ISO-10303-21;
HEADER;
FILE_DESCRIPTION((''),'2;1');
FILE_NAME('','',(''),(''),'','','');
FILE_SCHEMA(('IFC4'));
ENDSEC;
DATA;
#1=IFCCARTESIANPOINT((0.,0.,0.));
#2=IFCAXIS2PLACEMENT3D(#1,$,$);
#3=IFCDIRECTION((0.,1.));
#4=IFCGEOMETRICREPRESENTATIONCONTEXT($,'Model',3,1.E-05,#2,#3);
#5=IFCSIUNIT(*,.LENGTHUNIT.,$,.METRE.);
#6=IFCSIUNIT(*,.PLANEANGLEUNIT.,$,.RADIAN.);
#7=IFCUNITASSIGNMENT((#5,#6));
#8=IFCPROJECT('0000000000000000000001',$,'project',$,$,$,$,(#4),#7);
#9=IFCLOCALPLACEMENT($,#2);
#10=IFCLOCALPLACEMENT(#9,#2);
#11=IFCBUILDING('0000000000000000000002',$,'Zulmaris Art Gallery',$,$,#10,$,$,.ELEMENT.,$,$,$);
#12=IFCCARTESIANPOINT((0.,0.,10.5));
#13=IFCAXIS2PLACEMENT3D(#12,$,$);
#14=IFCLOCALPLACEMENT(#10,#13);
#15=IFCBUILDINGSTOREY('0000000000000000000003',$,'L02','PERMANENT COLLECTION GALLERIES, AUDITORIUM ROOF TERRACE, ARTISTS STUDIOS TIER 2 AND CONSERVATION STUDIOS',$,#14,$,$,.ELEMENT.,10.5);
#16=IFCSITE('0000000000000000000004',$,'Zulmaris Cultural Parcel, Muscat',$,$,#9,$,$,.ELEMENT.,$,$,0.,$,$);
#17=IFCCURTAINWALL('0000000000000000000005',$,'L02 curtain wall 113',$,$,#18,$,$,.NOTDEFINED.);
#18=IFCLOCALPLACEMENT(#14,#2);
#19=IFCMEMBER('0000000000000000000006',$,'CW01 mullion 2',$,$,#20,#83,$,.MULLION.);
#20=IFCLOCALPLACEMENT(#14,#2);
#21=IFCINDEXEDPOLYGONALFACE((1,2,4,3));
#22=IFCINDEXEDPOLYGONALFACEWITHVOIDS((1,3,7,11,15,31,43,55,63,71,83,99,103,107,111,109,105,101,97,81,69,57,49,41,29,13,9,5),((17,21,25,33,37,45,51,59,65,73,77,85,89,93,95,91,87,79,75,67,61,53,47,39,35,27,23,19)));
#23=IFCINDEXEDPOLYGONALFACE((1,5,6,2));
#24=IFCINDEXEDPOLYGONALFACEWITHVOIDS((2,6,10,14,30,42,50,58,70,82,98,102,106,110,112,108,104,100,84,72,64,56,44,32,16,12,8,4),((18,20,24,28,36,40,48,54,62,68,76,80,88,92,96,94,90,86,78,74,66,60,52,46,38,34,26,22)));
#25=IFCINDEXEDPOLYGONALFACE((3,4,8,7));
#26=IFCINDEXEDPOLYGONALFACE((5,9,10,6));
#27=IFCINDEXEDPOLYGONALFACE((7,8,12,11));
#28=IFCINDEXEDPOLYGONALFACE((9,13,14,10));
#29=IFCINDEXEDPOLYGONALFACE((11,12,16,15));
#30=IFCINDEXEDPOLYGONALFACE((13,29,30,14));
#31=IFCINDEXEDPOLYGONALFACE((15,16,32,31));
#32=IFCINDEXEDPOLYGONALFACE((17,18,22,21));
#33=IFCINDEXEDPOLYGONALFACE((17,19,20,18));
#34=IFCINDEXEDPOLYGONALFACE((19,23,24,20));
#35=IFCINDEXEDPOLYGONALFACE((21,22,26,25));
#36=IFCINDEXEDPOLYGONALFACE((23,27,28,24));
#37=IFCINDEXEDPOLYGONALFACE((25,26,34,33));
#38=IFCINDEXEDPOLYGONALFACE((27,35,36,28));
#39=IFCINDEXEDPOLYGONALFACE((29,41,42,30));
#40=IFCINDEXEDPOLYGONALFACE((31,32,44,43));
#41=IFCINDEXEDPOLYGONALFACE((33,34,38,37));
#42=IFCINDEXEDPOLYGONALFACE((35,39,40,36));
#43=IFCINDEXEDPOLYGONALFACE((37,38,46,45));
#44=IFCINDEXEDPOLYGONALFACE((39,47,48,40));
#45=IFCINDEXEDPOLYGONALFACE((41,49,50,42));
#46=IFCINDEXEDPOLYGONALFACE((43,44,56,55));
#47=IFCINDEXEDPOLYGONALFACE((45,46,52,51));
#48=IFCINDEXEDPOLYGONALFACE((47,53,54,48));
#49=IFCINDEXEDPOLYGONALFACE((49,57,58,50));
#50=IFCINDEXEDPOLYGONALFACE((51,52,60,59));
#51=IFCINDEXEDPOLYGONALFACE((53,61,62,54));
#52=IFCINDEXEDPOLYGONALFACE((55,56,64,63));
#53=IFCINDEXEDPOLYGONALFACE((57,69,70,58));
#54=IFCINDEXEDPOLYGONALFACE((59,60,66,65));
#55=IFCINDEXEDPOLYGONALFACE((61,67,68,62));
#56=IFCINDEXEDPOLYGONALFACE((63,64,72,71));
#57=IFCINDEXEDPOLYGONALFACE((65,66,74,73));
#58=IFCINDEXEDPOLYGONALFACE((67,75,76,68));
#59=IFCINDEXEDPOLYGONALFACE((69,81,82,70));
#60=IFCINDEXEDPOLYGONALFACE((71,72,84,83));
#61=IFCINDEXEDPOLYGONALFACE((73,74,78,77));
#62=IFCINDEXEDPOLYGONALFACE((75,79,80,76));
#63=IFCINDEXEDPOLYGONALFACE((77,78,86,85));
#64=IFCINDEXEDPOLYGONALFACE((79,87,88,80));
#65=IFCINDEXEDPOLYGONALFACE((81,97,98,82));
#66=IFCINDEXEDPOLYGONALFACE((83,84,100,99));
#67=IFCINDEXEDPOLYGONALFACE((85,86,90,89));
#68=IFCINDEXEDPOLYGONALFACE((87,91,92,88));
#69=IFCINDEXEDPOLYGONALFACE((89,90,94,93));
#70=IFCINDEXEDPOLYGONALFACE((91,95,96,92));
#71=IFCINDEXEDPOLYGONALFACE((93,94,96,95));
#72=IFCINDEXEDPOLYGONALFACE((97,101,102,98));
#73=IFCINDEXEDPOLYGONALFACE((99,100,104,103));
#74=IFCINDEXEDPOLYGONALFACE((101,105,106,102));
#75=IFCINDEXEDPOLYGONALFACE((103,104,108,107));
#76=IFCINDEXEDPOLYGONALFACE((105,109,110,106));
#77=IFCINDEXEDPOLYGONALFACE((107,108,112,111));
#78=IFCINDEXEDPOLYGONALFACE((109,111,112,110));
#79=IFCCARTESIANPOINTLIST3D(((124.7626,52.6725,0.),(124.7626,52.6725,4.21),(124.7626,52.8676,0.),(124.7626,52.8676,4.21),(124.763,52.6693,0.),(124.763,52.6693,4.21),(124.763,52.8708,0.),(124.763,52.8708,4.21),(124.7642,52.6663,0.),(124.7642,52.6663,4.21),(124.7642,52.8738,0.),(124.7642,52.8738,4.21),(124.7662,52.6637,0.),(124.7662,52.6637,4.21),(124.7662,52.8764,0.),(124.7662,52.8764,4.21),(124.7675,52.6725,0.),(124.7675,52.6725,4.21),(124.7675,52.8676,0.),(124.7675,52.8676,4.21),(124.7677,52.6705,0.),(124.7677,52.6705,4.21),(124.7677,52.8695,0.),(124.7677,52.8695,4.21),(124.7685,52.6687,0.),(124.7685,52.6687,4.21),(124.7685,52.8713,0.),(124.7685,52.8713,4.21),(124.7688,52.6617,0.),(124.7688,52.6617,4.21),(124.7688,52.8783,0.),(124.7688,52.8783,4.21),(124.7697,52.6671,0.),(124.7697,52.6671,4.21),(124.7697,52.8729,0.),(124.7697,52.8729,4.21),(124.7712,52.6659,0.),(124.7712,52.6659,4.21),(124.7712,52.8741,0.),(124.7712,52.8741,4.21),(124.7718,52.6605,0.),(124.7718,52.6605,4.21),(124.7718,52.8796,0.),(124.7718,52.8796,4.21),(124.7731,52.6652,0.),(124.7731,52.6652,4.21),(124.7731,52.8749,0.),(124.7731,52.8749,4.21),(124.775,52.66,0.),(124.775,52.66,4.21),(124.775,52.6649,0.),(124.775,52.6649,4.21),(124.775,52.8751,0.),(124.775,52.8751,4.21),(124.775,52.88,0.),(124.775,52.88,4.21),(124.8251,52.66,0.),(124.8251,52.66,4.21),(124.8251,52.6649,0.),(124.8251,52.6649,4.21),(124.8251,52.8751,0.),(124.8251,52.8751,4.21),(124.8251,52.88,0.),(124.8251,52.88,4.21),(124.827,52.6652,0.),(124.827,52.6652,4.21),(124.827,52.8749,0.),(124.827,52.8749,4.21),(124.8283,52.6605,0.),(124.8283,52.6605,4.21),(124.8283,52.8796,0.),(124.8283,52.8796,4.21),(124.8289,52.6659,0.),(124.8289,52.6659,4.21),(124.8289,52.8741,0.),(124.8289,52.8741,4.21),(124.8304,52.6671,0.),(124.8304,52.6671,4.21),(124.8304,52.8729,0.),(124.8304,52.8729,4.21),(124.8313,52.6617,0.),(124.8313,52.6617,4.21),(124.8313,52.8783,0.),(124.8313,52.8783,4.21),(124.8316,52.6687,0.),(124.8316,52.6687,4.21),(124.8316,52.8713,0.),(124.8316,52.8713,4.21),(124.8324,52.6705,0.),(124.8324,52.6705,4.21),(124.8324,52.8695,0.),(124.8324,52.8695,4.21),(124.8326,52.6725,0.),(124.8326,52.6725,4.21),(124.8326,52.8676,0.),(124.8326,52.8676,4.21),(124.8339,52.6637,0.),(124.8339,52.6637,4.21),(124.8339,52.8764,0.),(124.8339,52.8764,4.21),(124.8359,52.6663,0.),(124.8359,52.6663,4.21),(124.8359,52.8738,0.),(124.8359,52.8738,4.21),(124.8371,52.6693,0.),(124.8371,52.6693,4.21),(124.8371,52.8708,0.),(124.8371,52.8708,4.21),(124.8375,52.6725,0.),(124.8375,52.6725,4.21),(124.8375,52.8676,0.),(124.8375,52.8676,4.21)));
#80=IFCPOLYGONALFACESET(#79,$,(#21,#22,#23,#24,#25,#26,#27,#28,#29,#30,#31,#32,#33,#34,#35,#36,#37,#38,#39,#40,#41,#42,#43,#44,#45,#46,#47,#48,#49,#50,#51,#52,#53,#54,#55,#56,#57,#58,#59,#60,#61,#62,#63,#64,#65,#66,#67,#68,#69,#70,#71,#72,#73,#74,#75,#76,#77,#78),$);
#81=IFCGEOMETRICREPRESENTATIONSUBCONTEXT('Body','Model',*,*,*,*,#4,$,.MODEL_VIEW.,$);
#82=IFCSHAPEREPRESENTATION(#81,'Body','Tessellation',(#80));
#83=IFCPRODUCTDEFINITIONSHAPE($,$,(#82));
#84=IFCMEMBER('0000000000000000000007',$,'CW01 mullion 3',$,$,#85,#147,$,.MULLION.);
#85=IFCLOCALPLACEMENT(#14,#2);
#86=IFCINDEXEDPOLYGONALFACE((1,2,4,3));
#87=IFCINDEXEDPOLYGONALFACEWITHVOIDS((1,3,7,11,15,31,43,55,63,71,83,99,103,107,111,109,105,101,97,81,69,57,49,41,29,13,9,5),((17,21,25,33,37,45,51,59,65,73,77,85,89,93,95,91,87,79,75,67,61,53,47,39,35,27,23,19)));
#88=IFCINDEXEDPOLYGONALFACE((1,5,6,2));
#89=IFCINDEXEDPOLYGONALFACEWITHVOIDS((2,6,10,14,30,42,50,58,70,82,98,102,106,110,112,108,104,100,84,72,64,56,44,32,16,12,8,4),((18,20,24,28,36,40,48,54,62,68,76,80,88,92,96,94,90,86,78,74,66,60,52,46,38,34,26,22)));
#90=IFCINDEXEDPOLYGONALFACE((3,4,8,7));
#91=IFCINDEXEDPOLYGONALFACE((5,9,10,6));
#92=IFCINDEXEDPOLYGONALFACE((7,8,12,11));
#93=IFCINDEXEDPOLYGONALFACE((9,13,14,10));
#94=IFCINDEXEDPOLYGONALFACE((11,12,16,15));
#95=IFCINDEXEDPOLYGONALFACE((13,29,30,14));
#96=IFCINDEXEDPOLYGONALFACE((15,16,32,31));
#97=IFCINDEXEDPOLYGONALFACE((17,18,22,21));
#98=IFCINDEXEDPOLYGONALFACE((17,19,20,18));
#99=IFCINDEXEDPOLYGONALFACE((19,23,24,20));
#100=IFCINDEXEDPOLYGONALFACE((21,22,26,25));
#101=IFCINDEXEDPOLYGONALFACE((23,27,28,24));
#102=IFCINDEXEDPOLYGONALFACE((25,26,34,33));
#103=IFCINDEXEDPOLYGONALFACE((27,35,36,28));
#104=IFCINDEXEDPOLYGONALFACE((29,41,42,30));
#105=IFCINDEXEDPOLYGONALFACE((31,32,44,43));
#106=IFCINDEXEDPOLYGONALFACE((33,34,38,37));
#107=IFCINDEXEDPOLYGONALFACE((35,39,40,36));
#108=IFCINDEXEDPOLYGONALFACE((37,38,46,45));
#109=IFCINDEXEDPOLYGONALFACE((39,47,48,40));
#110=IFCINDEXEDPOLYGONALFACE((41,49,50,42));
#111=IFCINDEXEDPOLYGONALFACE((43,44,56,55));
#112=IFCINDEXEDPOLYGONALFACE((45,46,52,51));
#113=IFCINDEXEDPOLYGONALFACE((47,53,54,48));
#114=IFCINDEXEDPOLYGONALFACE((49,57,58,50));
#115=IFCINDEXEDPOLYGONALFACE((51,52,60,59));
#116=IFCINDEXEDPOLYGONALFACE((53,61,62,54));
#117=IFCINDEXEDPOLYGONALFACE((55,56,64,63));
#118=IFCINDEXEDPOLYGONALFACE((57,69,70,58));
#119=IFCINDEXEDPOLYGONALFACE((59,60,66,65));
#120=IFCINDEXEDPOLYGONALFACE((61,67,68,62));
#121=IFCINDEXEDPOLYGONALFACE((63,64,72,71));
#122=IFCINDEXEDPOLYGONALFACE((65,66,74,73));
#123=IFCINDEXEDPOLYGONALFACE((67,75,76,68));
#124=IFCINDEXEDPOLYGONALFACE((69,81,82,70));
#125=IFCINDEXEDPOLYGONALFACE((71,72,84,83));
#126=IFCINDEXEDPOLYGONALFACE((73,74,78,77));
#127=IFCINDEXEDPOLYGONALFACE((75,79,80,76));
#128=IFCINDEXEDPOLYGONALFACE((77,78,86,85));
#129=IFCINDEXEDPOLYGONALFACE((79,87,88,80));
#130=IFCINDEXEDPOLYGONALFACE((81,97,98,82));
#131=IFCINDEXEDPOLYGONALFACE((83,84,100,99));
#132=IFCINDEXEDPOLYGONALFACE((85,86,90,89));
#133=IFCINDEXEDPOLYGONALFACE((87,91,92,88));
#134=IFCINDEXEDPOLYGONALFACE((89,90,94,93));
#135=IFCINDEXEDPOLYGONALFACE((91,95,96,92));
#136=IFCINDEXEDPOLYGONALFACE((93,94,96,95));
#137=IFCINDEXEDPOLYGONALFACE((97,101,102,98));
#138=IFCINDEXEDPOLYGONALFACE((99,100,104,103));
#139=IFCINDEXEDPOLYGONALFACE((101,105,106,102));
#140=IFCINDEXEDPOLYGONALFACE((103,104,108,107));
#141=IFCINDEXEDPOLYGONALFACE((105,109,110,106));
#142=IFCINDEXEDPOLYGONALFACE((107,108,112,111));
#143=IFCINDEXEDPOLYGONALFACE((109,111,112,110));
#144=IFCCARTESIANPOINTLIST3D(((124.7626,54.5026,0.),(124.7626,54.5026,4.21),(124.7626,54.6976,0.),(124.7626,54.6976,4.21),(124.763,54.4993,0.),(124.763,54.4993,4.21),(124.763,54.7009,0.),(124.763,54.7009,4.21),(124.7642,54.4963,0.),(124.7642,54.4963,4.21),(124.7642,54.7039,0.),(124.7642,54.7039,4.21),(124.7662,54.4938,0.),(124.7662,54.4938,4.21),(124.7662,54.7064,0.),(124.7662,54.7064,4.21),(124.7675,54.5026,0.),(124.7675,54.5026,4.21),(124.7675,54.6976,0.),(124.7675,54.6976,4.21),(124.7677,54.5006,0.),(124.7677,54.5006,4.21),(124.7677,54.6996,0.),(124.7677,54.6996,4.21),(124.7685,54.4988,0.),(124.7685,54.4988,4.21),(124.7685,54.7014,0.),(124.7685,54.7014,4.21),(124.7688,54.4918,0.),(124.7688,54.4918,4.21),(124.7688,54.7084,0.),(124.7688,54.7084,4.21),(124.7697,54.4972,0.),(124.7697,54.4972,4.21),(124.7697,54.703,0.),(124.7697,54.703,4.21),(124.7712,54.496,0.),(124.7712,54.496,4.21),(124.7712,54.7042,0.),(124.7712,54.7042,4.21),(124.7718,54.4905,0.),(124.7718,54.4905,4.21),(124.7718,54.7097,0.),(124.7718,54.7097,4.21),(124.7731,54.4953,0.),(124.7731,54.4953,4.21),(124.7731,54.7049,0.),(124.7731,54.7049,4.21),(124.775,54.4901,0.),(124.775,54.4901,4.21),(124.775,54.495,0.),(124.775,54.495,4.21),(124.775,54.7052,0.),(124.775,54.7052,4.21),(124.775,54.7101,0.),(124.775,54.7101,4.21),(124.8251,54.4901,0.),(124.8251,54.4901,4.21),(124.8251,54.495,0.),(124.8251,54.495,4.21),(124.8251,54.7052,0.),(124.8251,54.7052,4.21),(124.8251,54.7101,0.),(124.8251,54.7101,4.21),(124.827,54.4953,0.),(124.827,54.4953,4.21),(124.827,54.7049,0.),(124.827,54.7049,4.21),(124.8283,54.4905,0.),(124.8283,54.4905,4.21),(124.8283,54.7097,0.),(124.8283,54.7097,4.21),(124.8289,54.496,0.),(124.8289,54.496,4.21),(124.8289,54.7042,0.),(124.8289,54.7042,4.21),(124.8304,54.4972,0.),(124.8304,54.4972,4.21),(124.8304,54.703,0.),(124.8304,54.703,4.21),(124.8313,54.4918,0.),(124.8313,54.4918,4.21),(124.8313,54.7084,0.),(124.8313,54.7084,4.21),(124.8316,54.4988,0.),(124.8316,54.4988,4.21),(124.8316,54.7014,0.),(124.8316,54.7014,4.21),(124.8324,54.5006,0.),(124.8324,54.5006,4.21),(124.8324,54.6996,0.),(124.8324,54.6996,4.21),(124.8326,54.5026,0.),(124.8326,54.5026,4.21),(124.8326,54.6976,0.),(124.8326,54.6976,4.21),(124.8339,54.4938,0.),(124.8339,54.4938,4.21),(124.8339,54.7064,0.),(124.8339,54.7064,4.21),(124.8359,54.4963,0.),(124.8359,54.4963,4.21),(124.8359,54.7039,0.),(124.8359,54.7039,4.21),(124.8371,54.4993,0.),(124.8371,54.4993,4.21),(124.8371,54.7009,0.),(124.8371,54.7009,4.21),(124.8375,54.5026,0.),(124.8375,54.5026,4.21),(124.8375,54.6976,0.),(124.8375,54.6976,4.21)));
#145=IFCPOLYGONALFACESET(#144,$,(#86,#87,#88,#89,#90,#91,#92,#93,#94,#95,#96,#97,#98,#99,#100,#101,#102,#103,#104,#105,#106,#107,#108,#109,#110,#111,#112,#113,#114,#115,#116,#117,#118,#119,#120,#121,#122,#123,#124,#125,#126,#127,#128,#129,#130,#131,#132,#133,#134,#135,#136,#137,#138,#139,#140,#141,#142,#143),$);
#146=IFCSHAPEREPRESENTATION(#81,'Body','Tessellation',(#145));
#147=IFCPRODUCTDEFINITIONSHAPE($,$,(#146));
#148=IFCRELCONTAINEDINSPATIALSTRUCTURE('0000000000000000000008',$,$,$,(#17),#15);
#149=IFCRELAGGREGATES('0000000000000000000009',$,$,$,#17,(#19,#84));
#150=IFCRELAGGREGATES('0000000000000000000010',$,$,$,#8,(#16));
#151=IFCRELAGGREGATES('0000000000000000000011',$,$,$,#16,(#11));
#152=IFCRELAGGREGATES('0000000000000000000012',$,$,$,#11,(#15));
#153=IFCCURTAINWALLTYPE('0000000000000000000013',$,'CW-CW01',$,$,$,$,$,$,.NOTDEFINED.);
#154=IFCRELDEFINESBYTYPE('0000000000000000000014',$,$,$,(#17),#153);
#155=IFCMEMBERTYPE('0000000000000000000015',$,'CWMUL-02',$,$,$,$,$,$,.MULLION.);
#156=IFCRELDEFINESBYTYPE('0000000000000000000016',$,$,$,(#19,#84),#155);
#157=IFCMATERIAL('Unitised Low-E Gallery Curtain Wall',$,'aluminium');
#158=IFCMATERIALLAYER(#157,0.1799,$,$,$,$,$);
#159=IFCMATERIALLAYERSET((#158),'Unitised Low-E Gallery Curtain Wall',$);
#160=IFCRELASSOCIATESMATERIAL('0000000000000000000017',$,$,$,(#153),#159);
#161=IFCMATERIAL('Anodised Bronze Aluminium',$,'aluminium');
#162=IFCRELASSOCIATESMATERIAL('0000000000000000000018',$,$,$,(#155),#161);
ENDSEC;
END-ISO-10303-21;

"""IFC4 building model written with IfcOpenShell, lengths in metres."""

from ifc_helpers import new_model, si_unit, direction, frame, origin, origin_2d, place, context, subcontext, project, spatial, hollow_rectangle, extrude, material, layer, layer_set, material_profile, profile_set, type_object, element, aggregate, save


model = new_model("IFC4")

# Units and contexts
model_context = context("Model", 3, precision=1e-05, world=origin(), true_north=direction((0.0, 1.0)))
body_context = subcontext(model_context, "Body", "Model", "MODEL_VIEW")
ifc_project = project(units=[si_unit("LENGTHUNIT", "METRE"), si_unit("PLANEANGLEUNIT", "RADIAN")], contexts=[model_context])

# Site, building, storey
site_placement = place(None, origin())
site = spatial("IfcSite", under=ifc_project, at=site_placement, Name="Zulmaris Cultural Parcel, Muscat", CompositionType="ELEMENT", RefElevation=0.0)
building_placement = place(site_placement, origin())
building = spatial("IfcBuilding", under=site, at=building_placement, Name="Zulmaris Art Gallery", CompositionType="ELEMENT")
storey_placement = place(building_placement, frame((0.0, 0.0, 10.5)))
storey = spatial("IfcBuildingStorey", under=building, at=storey_placement, Name="L02", Description="PERMANENT COLLECTION GALLERIES, AUDITORIUM ROOF TERRACE, ARTISTS STUDIOS TIER 2 AND CONSERVATION STUDIOS", CompositionType="ELEMENT", Elevation=10.5)

# Curtain wall, members
ifc_material_1 = material(Name="Unitised Low-E Gallery Curtain Wall", Category="aluminium")
ifc_layer_1 = layer(ifc_material_1, 0.1799)
ifc_layer_set_1 = layer_set([ifc_layer_1], Name="Unitised Low-E Gallery Curtain Wall")
curtain_wall_type = type_object("IfcCurtainWallType", Name="CW-CW01", PredefinedType="NOTDEFINED", material=ifc_layer_set_1)
ifc_material_2 = material(Name="Anodised Bronze Aluminium", Category="aluminium")
ifc_material_profile_1 = material_profile(ifc_material_2, hollow_rectangle(XDim=0.075, YDim=0.22, WallThickness=0.0049, InnerFilletRadius=0.0076, OuterFilletRadius=0.0125, at=origin_2d()), Name="ALU 75x220x5")
ifc_profile_set_1 = profile_set([ifc_material_profile_1], Name="Anodised Bronze Aluminium")
member_type_1 = type_object("IfcMemberType", Name="CWMUL-02", PredefinedType="MULLION", material=ifc_profile_set_1)
curtain_wall_1_placement = place(storey_placement, origin())
curtain_wall_1 = element("IfcCurtainWall", 1, at=curtain_wall_1_placement, inside=storey, type_object=curtain_wall_type, Name="L02 curtain wall 113", PredefinedType="NOTDEFINED")
member_1_placement = place(storey_placement, frame((124.8, 52.77, 0.0), z_axis=(0.0, 0.0, 1.0), x_axis=(-1.0, 0.0, 0.0)))
member_1 = element("IfcMember", 2, at=member_1_placement, type_object=member_type_1, Name="CW01 mullion 2", PredefinedType="MULLION", context=body_context, shape_type="SweptSolid", body=[
    extrude(hollow_rectangle(XDim=0.075, YDim=0.22, WallThickness=0.0049, InnerFilletRadius=0.0076, OuterFilletRadius=0.0125, at=origin_2d()), origin(), (0.0, 0.0, 1.0), 4.21),
])
member_2_placement = place(storey_placement, frame((124.8, 54.6001, 0.0), z_axis=(0.0, 0.0, 1.0), x_axis=(-1.0, 0.0, 0.0)))
member_2 = element("IfcMember", 3, at=member_2_placement, type_object=member_type_1, Name="CW01 mullion 3", PredefinedType="MULLION", context=body_context, shape_type="SweptSolid", body=[
    extrude(hollow_rectangle(XDim=0.075, YDim=0.22, WallThickness=0.0049, InnerFilletRadius=0.0076, OuterFilletRadius=0.0125, at=origin_2d()), origin(), (0.0, 0.0, 1.0), 4.21),
])

aggregate(curtain_wall_1, [member_1, member_2])

save(model, "model.ifc")
